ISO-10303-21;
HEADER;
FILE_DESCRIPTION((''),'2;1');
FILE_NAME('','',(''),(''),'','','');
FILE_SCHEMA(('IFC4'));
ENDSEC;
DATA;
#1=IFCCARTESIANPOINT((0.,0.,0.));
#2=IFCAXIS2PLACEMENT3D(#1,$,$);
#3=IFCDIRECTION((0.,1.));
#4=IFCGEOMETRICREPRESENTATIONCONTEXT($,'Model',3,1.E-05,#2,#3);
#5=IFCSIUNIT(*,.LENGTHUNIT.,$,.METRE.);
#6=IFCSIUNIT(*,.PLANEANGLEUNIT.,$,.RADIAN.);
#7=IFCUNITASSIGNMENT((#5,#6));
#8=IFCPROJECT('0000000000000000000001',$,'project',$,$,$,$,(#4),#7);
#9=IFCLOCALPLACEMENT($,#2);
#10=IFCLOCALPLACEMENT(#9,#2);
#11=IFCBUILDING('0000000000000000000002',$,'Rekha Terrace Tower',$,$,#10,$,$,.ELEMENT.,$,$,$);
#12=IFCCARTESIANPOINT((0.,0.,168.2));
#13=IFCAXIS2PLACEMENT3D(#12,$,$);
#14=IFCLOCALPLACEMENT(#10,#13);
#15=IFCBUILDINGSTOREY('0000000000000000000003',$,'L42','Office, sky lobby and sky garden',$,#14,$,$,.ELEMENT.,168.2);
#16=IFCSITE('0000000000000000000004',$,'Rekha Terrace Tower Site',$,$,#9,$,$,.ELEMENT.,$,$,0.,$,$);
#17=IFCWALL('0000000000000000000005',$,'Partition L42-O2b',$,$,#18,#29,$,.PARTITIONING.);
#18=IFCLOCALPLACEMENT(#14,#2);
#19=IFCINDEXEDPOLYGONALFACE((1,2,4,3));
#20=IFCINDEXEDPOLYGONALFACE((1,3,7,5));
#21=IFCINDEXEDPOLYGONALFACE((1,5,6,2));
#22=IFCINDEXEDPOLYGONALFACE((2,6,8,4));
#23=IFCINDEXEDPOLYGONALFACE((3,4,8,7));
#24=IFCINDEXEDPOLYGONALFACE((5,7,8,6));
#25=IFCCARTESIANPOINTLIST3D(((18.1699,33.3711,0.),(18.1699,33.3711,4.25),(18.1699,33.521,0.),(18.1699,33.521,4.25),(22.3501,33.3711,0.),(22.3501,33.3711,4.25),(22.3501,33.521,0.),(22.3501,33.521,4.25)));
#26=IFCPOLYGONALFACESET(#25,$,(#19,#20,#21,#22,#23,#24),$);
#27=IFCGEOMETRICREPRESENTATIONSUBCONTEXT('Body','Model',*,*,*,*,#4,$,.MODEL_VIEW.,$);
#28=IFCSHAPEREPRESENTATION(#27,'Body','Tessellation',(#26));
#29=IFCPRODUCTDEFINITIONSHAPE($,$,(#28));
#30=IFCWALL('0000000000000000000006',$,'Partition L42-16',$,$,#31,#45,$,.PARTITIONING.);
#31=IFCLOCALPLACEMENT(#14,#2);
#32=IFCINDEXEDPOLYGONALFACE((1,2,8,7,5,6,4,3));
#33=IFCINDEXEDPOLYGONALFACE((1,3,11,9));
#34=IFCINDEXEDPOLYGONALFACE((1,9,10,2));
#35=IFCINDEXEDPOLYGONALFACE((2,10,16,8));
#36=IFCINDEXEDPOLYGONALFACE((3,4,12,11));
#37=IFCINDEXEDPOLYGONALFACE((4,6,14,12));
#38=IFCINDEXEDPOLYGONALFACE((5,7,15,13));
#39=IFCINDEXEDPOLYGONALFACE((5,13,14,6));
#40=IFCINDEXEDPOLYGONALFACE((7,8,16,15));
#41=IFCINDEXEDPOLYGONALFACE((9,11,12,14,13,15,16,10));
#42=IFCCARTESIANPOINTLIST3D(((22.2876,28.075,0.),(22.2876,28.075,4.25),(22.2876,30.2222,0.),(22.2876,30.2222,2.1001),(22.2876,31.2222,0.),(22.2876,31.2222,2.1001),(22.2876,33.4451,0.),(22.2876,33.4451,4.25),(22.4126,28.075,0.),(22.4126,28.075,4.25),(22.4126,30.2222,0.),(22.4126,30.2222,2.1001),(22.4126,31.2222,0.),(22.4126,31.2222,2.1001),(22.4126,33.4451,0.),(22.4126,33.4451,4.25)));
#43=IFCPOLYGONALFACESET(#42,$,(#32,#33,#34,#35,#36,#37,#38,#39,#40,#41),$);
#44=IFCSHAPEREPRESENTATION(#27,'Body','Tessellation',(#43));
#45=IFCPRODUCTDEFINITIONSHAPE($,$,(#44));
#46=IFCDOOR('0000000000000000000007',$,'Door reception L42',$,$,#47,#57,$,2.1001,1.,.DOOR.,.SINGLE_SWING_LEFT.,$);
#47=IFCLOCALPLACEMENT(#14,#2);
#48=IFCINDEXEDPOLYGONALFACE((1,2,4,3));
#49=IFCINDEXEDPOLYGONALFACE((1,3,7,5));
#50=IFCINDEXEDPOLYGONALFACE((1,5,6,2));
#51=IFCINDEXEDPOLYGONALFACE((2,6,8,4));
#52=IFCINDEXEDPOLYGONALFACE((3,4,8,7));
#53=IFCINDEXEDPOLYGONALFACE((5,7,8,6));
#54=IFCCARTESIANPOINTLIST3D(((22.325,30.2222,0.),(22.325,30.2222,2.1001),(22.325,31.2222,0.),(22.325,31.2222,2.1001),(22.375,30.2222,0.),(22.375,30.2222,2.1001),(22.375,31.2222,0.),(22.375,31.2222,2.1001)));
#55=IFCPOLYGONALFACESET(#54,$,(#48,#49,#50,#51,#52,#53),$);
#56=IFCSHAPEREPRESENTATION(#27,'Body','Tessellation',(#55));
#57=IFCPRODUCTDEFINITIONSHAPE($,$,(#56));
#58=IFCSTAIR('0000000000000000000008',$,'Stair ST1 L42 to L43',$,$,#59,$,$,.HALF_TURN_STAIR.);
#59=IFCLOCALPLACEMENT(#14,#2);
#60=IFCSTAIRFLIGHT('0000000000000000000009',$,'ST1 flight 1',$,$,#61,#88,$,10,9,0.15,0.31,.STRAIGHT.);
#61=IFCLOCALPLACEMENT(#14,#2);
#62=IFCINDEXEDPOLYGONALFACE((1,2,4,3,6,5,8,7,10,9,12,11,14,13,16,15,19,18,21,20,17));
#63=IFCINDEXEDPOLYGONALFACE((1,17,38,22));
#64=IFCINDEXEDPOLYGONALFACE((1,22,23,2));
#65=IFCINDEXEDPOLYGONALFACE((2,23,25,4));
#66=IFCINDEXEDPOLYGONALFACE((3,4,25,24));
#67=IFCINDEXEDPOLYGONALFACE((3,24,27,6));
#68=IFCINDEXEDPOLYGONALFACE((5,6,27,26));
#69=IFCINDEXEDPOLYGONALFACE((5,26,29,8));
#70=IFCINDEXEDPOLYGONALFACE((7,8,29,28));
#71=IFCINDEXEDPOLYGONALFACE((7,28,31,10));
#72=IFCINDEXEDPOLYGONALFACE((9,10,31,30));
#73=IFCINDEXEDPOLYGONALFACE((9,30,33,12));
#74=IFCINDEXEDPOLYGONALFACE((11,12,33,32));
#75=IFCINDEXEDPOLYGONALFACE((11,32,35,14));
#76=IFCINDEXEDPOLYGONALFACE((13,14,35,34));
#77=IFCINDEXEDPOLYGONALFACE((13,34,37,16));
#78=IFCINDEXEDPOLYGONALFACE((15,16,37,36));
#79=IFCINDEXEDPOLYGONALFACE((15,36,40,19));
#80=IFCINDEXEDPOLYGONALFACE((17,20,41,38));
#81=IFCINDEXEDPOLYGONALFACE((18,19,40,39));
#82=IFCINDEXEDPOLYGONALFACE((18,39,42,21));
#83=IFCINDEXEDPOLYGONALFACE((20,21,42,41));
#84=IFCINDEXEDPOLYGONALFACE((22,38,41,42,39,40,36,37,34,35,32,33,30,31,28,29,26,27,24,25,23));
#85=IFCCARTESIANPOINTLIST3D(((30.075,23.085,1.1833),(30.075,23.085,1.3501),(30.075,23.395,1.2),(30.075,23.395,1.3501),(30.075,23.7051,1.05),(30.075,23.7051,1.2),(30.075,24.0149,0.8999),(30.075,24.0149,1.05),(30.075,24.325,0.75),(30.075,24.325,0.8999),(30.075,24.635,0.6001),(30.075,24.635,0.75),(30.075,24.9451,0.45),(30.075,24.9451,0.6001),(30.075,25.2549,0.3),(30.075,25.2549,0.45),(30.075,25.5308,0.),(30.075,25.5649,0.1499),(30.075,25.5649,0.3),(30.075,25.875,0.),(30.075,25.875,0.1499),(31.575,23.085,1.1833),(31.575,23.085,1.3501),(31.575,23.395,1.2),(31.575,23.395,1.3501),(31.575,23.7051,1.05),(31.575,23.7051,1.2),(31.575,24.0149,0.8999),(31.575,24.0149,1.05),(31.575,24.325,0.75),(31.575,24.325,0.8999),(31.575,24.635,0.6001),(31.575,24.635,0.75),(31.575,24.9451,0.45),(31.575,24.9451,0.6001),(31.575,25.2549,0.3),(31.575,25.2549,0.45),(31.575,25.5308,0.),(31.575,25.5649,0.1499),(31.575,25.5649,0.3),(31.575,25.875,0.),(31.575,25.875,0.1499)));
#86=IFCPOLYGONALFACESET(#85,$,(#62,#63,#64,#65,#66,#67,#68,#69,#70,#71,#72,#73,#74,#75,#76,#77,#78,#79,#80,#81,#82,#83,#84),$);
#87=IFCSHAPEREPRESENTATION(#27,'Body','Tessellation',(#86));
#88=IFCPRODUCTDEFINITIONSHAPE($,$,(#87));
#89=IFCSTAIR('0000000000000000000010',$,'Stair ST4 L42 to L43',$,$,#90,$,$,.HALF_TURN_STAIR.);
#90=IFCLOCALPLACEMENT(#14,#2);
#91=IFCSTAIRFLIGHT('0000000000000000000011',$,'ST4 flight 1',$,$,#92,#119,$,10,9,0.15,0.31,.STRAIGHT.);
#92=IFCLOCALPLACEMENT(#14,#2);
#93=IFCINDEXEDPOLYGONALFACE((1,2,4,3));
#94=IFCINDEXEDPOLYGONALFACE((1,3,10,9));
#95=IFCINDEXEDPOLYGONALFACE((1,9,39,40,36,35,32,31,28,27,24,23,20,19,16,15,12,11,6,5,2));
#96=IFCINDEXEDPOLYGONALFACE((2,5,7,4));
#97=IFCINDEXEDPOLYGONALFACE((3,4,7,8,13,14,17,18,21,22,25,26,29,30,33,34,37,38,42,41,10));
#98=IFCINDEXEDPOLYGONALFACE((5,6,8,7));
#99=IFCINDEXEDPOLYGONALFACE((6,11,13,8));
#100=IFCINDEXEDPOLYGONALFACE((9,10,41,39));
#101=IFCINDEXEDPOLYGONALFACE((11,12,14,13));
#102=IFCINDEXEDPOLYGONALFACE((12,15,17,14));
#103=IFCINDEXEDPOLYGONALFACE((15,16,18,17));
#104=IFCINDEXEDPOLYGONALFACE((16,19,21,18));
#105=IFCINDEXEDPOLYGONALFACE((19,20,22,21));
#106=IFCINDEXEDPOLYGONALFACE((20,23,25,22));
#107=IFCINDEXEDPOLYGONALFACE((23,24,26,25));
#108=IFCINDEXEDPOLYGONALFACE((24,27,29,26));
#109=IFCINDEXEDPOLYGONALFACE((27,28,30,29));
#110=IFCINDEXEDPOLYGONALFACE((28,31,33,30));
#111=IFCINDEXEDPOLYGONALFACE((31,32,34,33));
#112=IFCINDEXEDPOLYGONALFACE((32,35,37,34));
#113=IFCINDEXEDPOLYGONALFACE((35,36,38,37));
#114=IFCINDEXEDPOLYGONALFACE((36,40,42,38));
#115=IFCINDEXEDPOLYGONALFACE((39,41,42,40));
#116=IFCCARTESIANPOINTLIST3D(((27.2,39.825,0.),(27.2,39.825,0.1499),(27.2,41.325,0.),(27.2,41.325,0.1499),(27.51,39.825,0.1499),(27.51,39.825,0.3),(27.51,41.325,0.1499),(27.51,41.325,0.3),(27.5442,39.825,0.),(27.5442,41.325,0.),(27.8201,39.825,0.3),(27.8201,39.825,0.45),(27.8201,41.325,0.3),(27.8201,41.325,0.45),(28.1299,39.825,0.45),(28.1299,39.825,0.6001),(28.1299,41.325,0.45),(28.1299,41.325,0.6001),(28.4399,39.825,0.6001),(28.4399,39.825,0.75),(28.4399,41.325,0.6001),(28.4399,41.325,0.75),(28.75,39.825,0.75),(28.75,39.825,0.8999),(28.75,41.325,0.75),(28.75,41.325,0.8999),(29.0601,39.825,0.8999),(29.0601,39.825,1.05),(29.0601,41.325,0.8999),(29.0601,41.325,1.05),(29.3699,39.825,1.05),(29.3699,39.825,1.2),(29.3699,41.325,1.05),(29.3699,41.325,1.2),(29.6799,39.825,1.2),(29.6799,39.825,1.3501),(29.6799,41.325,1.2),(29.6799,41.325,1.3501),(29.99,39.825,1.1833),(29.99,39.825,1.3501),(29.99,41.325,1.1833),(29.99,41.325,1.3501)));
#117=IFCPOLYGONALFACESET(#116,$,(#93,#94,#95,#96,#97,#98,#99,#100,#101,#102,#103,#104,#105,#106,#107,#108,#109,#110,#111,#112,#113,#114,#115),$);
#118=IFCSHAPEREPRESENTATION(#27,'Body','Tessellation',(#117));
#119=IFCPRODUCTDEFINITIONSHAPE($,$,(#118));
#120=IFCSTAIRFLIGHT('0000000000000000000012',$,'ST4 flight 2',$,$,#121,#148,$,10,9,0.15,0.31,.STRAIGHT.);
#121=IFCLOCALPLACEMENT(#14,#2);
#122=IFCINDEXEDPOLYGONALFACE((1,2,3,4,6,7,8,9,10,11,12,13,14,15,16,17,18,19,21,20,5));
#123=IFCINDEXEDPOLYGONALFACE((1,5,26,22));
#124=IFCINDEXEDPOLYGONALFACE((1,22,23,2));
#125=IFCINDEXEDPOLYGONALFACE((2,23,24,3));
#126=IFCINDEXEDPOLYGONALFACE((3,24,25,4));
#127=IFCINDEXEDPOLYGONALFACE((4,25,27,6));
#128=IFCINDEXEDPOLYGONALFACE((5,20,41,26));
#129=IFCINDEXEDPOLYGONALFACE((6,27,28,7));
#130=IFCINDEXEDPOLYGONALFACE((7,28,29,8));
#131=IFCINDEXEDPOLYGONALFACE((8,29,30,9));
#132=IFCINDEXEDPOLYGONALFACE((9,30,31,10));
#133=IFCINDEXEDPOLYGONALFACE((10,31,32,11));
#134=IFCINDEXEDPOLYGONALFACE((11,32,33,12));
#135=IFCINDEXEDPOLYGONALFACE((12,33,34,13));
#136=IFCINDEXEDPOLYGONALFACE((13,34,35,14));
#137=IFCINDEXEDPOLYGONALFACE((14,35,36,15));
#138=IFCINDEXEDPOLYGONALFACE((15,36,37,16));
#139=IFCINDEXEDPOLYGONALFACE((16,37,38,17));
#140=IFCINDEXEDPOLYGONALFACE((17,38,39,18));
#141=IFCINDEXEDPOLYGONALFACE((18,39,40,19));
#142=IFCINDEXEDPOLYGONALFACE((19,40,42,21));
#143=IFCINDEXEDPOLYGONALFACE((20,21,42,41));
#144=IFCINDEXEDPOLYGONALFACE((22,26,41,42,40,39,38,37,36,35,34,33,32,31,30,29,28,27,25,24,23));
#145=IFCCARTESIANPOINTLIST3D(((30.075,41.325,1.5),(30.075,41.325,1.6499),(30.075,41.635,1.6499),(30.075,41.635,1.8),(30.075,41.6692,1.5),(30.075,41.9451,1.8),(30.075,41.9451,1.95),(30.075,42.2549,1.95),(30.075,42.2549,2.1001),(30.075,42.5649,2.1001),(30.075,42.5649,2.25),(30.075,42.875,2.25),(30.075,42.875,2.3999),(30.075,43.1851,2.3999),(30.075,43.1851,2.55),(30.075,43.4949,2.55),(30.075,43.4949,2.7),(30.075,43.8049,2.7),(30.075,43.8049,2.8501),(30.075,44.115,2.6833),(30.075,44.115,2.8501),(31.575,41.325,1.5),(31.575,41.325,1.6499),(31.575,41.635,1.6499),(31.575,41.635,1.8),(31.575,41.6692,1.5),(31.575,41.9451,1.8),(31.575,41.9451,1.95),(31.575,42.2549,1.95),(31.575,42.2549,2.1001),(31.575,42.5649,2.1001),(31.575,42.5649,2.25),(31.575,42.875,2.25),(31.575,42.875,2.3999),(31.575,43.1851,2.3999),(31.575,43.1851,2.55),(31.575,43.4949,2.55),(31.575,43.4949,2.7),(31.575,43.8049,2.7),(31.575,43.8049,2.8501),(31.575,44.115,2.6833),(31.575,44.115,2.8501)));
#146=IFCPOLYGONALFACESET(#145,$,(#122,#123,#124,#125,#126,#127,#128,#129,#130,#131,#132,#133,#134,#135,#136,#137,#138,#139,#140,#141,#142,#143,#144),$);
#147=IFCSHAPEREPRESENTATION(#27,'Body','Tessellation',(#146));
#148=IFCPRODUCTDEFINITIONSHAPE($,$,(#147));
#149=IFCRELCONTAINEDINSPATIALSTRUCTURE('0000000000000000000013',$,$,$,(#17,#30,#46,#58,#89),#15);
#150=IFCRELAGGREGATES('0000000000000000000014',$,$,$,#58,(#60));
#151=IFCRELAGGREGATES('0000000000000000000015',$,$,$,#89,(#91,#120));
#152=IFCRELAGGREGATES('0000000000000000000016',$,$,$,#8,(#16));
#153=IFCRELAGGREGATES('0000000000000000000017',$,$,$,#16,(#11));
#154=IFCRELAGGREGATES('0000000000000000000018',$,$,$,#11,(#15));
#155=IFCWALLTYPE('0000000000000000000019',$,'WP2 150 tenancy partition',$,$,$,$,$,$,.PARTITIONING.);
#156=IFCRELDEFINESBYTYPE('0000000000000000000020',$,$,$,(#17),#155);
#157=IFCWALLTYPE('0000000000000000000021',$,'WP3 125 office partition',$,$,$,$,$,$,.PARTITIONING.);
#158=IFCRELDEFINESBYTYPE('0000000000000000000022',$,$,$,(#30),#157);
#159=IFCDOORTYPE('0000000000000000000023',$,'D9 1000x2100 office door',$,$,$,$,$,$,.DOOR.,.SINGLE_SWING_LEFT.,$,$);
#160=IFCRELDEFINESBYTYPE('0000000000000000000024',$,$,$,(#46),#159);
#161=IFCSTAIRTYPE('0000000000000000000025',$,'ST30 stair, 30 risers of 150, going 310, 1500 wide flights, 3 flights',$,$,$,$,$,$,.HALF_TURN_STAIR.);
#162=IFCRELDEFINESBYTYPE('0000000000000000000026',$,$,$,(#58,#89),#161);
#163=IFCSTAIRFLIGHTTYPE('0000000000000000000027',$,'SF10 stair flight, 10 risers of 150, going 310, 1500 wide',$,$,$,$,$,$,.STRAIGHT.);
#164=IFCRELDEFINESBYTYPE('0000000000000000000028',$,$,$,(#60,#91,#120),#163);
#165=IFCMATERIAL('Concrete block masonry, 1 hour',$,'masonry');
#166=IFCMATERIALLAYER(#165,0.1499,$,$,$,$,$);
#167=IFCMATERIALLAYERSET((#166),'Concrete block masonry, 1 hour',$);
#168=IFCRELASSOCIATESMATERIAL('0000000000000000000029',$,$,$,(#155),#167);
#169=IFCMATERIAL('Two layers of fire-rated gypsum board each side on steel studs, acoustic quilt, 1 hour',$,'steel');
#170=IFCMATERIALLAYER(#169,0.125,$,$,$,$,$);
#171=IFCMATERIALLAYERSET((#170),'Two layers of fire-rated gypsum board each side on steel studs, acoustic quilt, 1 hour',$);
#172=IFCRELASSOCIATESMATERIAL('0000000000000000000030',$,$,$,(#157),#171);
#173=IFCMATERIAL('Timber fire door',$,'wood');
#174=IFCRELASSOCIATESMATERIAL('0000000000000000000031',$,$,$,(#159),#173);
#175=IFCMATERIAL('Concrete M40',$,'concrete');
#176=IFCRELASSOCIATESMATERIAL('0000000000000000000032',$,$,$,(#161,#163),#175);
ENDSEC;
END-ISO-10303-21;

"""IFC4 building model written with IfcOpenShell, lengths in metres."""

from ifc_helpers import new_model, si_unit, direction, frame, frame_2d, origin, place, context, subcontext, project, spatial, polyline, rectangle, outline, extrude, material, layer, layer_set, type_object, element, fill, aggregate, save


model = new_model("IFC4")

# Units and contexts
model_context = context("Model", 3, precision=1e-05, world=origin(), true_north=direction((0.0, 1.0)))
body_context = subcontext(model_context, "Body", "Model", "MODEL_VIEW")
ifc_project = project(units=[si_unit("LENGTHUNIT", "METRE"), si_unit("PLANEANGLEUNIT", "RADIAN")], contexts=[model_context])

# Site, building, storey
site_placement = place(None, origin())
site = spatial("IfcSite", under=ifc_project, at=site_placement, Name="Rekha Terrace Tower Site", CompositionType="ELEMENT", RefElevation=0.0)
building_placement = place(site_placement, origin())
building = spatial("IfcBuilding", under=site, at=building_placement, Name="Rekha Terrace Tower", CompositionType="ELEMENT")
storey_placement = place(building_placement, frame((0.0, 0.0, 168.2)))
storey = spatial("IfcBuildingStorey", under=building, at=storey_placement, Name="L42", Description="Office, sky lobby and sky garden", CompositionType="ELEMENT", Elevation=168.2)

# Wall
ifc_material_1 = material(Name="Concrete block masonry, 1 hour", Category="masonry")
ifc_layer_1 = layer(ifc_material_1, 0.1499)
ifc_layer_set_1 = layer_set([ifc_layer_1], Name="Concrete block masonry, 1 hour")
wall_type_1 = type_object("IfcWallType", Name="WP2 150 tenancy partition", PredefinedType="PARTITIONING", material=ifc_layer_set_1)
wall_1_placement = place(storey_placement, frame((22.3501, 33.446, 0.0), z_axis=(0.0, 0.0, 1.0), x_axis=(-1.0, 0.0, 0.0)))
element("IfcWall", 1, at=wall_1_placement, inside=storey, type_object=wall_type_1, Name="Partition L42-O2b", PredefinedType="PARTITIONING", context=body_context, shape_type="SweptSolid", body=[
    extrude(rectangle(XDim=4.1802, YDim=0.1499, at=frame_2d((2.0901, 0.0))), origin(), (0.0, 0.0, 1.0), 4.25),
])

# Wall, opening, door
ifc_material_2 = material(Name="Two layers of fire-rated gypsum board each side on steel studs, acoustic quilt, 1 hour", Category="steel")
ifc_layer_2 = layer(ifc_material_2, 0.125)
ifc_layer_set_2 = layer_set([ifc_layer_2], Name="Two layers of fire-rated gypsum board each side on steel studs, acoustic quilt, 1 hour")
wall_type_2 = type_object("IfcWallType", Name="WP3 125 office partition", PredefinedType="PARTITIONING", material=ifc_layer_set_2)
wall_2_placement = place(storey_placement, frame((22.3501, 33.4451, 0.0), z_axis=(0.0, 0.0, 1.0), x_axis=(0.0, -1.0, 0.0)))
wall_2 = element("IfcWall", 2, at=wall_2_placement, inside=storey, type_object=wall_type_2, Name="Partition L42-16", PredefinedType="PARTITIONING", context=body_context, shape_type="SweptSolid", body=[
    extrude(rectangle(XDim=5.3701, YDim=0.125, at=frame_2d((2.6851, 0.0))), origin(), (0.0, 0.0, 1.0), 4.25),
])
opening_1_placement = place(wall_2_placement, frame((2.2229, 0.0, 0.0)))
opening_1 = element("IfcOpeningElement", 3, at=opening_1_placement, cuts=wall_2, PredefinedType="OPENING", context=body_context, shape_type="SweptSolid", body=[
    extrude(rectangle(XDim=1.0, YDim=2.1001, at=frame_2d((0.5, 1.05))), frame((0.0, 0.0725, 0.0), z_axis=(0.0, -1.0, 0.0), x_axis=(1.0, 0.0, 0.0)), (0.0, 0.0, 1.0), 0.145),
])
ifc_material_3 = material(Name="Timber fire door", Category="wood")
door_type_1 = type_object("IfcDoorType", Name="D9 1000x2100 office door", OperationType="SINGLE_SWING_LEFT", PredefinedType="DOOR", material=ifc_material_3)
door_1_placement = place(opening_1_placement, origin())
door_1 = element("IfcDoor", 4, at=door_1_placement, inside=storey, type_object=door_type_1, Name="Door reception L42", OperationType="SINGLE_SWING_LEFT", OverallHeight=2.1001, OverallWidth=1.0, PredefinedType="DOOR", context=body_context, shape_type="SweptSolid", body=[
    extrude(rectangle(XDim=1.0, YDim=2.1001, at=frame_2d((0.5, 1.05))), frame((0.0, 0.0249, 0.0), z_axis=(0.0, -1.0, 0.0), x_axis=(1.0, 0.0, 0.0)), (0.0, 0.0, 1.0), 0.05),
])
fill(opening_1, door_1)

# Stair, stair flight
ifc_material_4 = material(Name="Concrete M40", Category="concrete")
stair_type = type_object("IfcStairType", Name="ST30 stair, 30 risers of 150, going 310, 1500 wide flights, 3 flights", PredefinedType="HALF_TURN_STAIR", material=ifc_material_4)
stair_1_placement = place(storey_placement, origin())
stair_1 = element("IfcStair", 5, at=stair_1_placement, inside=storey, type_object=stair_type, Name="Stair ST1 L42 to L43", PredefinedType="HALF_TURN_STAIR")
stair_flight_type = type_object("IfcStairFlightType", Name="SF10 stair flight, 10 risers of 150, going 310, 1500 wide", PredefinedType="STRAIGHT", material=ifc_material_4)
stair_flight_1_placement = place(storey_placement, frame((30.825, 25.875, 0.0), z_axis=(0.0, 0.0, 1.0), x_axis=(0.0, -1.0, 0.0)))
stair_flight_1 = element("IfcStairFlight", 6, at=stair_flight_1_placement, type_object=stair_flight_type, Name="ST1 flight 1", NumberOfRisers=10, NumberOfTreads=9, PredefinedType="STRAIGHT", RiserHeight=0.15, TreadLength=0.31, context=body_context, shape_type="SweptSolid", body=[
    extrude(outline(polyline([(0.0, 0.0), (0.0, 0.1499), (0.3101, 0.1499), (0.3101, 0.3), (0.6201, 0.3), (0.6201, 0.45), (0.9299, 0.45), (0.9299, 0.6001), (1.24, 0.6001), (1.24, 0.75), (1.55, 0.75), (1.55, 0.8999), (1.8601, 0.8999), (1.8601, 1.05), (2.1699, 1.05), (2.1699, 1.2), (2.48, 1.2), (2.48, 1.3501), (2.79, 1.3501), (2.79, 1.5), (2.79, 1.1833), (0.3442, 0.0), (0.0, 0.0)])), frame((0.0, 0.75, 0.0), z_axis=(0.0, -1.0, 0.0), x_axis=(1.0, 0.0, 0.0)), (0.0, 0.0, 1.0), 1.5),
])
aggregate(stair_1, [stair_flight_1])

# Stair, stair flights
stair_2_placement = place(storey_placement, origin())
stair_2 = element("IfcStair", 7, at=stair_2_placement, inside=storey, type_object=stair_type, Name="Stair ST4 L42 to L43", PredefinedType="HALF_TURN_STAIR")
stair_flight_2_placement = place(storey_placement, frame((27.2, 40.575, 0.0), z_axis=(0.0, 0.0, 1.0), x_axis=(1.0, 0.0, 0.0)))
stair_flight_2 = element("IfcStairFlight", 8, at=stair_flight_2_placement, type_object=stair_flight_type, Name="ST4 flight 1", NumberOfRisers=10, NumberOfTreads=9, PredefinedType="STRAIGHT", RiserHeight=0.15, TreadLength=0.31, context=body_context, shape_type="SweptSolid", body=[
    extrude(outline(polyline([(0.0, 0.0), (0.0, 0.1499), (0.3101, 0.1499), (0.3101, 0.3), (0.6201, 0.3), (0.6201, 0.45), (0.9299, 0.45), (0.9299, 0.6001), (1.24, 0.6001), (1.24, 0.75), (1.55, 0.75), (1.55, 0.8999), (1.8601, 0.8999), (1.8601, 1.05), (2.1699, 1.05), (2.1699, 1.2), (2.48, 1.2), (2.48, 1.3501), (2.79, 1.3501), (2.79, 1.5), (2.79, 1.1833), (0.3442, 0.0), (0.0, 0.0)])), frame((0.0, 0.75, 0.0), z_axis=(0.0, -1.0, 0.0), x_axis=(1.0, 0.0, 0.0)), (0.0, 0.0, 1.0), 1.5),
])
stair_flight_3_placement = place(storey_placement, frame((30.825, 41.325, 1.5), z_axis=(0.0, 0.0, 1.0), x_axis=(0.0, 1.0, 0.0)))
stair_flight_3 = element("IfcStairFlight", 9, at=stair_flight_3_placement, type_object=stair_flight_type, Name="ST4 flight 2", NumberOfRisers=10, NumberOfTreads=9, PredefinedType="STRAIGHT", RiserHeight=0.15, TreadLength=0.31, context=body_context, shape_type="SweptSolid", body=[
    extrude(outline(polyline([(0.0, 0.0), (0.0, 0.1499), (0.3101, 0.1499), (0.3101, 0.3), (0.6201, 0.3), (0.6201, 0.45), (0.9299, 0.45), (0.9299, 0.6001), (1.24, 0.6001), (1.24, 0.75), (1.55, 0.75), (1.55, 0.8999), (1.8601, 0.8999), (1.8601, 1.05), (2.1699, 1.05), (2.1699, 1.2), (2.48, 1.2), (2.48, 1.3501), (2.79, 1.3501), (2.79, 1.5), (2.79, 1.1833), (0.3442, 0.0), (0.0, 0.0)])), frame((0.0, 0.75, 0.0), z_axis=(0.0, -1.0, 0.0), x_axis=(1.0, 0.0, 0.0)), (0.0, 0.0, 1.0), 1.5),
])
aggregate(stair_2, [stair_flight_2, stair_flight_3])

save(model, "model.ifc")
